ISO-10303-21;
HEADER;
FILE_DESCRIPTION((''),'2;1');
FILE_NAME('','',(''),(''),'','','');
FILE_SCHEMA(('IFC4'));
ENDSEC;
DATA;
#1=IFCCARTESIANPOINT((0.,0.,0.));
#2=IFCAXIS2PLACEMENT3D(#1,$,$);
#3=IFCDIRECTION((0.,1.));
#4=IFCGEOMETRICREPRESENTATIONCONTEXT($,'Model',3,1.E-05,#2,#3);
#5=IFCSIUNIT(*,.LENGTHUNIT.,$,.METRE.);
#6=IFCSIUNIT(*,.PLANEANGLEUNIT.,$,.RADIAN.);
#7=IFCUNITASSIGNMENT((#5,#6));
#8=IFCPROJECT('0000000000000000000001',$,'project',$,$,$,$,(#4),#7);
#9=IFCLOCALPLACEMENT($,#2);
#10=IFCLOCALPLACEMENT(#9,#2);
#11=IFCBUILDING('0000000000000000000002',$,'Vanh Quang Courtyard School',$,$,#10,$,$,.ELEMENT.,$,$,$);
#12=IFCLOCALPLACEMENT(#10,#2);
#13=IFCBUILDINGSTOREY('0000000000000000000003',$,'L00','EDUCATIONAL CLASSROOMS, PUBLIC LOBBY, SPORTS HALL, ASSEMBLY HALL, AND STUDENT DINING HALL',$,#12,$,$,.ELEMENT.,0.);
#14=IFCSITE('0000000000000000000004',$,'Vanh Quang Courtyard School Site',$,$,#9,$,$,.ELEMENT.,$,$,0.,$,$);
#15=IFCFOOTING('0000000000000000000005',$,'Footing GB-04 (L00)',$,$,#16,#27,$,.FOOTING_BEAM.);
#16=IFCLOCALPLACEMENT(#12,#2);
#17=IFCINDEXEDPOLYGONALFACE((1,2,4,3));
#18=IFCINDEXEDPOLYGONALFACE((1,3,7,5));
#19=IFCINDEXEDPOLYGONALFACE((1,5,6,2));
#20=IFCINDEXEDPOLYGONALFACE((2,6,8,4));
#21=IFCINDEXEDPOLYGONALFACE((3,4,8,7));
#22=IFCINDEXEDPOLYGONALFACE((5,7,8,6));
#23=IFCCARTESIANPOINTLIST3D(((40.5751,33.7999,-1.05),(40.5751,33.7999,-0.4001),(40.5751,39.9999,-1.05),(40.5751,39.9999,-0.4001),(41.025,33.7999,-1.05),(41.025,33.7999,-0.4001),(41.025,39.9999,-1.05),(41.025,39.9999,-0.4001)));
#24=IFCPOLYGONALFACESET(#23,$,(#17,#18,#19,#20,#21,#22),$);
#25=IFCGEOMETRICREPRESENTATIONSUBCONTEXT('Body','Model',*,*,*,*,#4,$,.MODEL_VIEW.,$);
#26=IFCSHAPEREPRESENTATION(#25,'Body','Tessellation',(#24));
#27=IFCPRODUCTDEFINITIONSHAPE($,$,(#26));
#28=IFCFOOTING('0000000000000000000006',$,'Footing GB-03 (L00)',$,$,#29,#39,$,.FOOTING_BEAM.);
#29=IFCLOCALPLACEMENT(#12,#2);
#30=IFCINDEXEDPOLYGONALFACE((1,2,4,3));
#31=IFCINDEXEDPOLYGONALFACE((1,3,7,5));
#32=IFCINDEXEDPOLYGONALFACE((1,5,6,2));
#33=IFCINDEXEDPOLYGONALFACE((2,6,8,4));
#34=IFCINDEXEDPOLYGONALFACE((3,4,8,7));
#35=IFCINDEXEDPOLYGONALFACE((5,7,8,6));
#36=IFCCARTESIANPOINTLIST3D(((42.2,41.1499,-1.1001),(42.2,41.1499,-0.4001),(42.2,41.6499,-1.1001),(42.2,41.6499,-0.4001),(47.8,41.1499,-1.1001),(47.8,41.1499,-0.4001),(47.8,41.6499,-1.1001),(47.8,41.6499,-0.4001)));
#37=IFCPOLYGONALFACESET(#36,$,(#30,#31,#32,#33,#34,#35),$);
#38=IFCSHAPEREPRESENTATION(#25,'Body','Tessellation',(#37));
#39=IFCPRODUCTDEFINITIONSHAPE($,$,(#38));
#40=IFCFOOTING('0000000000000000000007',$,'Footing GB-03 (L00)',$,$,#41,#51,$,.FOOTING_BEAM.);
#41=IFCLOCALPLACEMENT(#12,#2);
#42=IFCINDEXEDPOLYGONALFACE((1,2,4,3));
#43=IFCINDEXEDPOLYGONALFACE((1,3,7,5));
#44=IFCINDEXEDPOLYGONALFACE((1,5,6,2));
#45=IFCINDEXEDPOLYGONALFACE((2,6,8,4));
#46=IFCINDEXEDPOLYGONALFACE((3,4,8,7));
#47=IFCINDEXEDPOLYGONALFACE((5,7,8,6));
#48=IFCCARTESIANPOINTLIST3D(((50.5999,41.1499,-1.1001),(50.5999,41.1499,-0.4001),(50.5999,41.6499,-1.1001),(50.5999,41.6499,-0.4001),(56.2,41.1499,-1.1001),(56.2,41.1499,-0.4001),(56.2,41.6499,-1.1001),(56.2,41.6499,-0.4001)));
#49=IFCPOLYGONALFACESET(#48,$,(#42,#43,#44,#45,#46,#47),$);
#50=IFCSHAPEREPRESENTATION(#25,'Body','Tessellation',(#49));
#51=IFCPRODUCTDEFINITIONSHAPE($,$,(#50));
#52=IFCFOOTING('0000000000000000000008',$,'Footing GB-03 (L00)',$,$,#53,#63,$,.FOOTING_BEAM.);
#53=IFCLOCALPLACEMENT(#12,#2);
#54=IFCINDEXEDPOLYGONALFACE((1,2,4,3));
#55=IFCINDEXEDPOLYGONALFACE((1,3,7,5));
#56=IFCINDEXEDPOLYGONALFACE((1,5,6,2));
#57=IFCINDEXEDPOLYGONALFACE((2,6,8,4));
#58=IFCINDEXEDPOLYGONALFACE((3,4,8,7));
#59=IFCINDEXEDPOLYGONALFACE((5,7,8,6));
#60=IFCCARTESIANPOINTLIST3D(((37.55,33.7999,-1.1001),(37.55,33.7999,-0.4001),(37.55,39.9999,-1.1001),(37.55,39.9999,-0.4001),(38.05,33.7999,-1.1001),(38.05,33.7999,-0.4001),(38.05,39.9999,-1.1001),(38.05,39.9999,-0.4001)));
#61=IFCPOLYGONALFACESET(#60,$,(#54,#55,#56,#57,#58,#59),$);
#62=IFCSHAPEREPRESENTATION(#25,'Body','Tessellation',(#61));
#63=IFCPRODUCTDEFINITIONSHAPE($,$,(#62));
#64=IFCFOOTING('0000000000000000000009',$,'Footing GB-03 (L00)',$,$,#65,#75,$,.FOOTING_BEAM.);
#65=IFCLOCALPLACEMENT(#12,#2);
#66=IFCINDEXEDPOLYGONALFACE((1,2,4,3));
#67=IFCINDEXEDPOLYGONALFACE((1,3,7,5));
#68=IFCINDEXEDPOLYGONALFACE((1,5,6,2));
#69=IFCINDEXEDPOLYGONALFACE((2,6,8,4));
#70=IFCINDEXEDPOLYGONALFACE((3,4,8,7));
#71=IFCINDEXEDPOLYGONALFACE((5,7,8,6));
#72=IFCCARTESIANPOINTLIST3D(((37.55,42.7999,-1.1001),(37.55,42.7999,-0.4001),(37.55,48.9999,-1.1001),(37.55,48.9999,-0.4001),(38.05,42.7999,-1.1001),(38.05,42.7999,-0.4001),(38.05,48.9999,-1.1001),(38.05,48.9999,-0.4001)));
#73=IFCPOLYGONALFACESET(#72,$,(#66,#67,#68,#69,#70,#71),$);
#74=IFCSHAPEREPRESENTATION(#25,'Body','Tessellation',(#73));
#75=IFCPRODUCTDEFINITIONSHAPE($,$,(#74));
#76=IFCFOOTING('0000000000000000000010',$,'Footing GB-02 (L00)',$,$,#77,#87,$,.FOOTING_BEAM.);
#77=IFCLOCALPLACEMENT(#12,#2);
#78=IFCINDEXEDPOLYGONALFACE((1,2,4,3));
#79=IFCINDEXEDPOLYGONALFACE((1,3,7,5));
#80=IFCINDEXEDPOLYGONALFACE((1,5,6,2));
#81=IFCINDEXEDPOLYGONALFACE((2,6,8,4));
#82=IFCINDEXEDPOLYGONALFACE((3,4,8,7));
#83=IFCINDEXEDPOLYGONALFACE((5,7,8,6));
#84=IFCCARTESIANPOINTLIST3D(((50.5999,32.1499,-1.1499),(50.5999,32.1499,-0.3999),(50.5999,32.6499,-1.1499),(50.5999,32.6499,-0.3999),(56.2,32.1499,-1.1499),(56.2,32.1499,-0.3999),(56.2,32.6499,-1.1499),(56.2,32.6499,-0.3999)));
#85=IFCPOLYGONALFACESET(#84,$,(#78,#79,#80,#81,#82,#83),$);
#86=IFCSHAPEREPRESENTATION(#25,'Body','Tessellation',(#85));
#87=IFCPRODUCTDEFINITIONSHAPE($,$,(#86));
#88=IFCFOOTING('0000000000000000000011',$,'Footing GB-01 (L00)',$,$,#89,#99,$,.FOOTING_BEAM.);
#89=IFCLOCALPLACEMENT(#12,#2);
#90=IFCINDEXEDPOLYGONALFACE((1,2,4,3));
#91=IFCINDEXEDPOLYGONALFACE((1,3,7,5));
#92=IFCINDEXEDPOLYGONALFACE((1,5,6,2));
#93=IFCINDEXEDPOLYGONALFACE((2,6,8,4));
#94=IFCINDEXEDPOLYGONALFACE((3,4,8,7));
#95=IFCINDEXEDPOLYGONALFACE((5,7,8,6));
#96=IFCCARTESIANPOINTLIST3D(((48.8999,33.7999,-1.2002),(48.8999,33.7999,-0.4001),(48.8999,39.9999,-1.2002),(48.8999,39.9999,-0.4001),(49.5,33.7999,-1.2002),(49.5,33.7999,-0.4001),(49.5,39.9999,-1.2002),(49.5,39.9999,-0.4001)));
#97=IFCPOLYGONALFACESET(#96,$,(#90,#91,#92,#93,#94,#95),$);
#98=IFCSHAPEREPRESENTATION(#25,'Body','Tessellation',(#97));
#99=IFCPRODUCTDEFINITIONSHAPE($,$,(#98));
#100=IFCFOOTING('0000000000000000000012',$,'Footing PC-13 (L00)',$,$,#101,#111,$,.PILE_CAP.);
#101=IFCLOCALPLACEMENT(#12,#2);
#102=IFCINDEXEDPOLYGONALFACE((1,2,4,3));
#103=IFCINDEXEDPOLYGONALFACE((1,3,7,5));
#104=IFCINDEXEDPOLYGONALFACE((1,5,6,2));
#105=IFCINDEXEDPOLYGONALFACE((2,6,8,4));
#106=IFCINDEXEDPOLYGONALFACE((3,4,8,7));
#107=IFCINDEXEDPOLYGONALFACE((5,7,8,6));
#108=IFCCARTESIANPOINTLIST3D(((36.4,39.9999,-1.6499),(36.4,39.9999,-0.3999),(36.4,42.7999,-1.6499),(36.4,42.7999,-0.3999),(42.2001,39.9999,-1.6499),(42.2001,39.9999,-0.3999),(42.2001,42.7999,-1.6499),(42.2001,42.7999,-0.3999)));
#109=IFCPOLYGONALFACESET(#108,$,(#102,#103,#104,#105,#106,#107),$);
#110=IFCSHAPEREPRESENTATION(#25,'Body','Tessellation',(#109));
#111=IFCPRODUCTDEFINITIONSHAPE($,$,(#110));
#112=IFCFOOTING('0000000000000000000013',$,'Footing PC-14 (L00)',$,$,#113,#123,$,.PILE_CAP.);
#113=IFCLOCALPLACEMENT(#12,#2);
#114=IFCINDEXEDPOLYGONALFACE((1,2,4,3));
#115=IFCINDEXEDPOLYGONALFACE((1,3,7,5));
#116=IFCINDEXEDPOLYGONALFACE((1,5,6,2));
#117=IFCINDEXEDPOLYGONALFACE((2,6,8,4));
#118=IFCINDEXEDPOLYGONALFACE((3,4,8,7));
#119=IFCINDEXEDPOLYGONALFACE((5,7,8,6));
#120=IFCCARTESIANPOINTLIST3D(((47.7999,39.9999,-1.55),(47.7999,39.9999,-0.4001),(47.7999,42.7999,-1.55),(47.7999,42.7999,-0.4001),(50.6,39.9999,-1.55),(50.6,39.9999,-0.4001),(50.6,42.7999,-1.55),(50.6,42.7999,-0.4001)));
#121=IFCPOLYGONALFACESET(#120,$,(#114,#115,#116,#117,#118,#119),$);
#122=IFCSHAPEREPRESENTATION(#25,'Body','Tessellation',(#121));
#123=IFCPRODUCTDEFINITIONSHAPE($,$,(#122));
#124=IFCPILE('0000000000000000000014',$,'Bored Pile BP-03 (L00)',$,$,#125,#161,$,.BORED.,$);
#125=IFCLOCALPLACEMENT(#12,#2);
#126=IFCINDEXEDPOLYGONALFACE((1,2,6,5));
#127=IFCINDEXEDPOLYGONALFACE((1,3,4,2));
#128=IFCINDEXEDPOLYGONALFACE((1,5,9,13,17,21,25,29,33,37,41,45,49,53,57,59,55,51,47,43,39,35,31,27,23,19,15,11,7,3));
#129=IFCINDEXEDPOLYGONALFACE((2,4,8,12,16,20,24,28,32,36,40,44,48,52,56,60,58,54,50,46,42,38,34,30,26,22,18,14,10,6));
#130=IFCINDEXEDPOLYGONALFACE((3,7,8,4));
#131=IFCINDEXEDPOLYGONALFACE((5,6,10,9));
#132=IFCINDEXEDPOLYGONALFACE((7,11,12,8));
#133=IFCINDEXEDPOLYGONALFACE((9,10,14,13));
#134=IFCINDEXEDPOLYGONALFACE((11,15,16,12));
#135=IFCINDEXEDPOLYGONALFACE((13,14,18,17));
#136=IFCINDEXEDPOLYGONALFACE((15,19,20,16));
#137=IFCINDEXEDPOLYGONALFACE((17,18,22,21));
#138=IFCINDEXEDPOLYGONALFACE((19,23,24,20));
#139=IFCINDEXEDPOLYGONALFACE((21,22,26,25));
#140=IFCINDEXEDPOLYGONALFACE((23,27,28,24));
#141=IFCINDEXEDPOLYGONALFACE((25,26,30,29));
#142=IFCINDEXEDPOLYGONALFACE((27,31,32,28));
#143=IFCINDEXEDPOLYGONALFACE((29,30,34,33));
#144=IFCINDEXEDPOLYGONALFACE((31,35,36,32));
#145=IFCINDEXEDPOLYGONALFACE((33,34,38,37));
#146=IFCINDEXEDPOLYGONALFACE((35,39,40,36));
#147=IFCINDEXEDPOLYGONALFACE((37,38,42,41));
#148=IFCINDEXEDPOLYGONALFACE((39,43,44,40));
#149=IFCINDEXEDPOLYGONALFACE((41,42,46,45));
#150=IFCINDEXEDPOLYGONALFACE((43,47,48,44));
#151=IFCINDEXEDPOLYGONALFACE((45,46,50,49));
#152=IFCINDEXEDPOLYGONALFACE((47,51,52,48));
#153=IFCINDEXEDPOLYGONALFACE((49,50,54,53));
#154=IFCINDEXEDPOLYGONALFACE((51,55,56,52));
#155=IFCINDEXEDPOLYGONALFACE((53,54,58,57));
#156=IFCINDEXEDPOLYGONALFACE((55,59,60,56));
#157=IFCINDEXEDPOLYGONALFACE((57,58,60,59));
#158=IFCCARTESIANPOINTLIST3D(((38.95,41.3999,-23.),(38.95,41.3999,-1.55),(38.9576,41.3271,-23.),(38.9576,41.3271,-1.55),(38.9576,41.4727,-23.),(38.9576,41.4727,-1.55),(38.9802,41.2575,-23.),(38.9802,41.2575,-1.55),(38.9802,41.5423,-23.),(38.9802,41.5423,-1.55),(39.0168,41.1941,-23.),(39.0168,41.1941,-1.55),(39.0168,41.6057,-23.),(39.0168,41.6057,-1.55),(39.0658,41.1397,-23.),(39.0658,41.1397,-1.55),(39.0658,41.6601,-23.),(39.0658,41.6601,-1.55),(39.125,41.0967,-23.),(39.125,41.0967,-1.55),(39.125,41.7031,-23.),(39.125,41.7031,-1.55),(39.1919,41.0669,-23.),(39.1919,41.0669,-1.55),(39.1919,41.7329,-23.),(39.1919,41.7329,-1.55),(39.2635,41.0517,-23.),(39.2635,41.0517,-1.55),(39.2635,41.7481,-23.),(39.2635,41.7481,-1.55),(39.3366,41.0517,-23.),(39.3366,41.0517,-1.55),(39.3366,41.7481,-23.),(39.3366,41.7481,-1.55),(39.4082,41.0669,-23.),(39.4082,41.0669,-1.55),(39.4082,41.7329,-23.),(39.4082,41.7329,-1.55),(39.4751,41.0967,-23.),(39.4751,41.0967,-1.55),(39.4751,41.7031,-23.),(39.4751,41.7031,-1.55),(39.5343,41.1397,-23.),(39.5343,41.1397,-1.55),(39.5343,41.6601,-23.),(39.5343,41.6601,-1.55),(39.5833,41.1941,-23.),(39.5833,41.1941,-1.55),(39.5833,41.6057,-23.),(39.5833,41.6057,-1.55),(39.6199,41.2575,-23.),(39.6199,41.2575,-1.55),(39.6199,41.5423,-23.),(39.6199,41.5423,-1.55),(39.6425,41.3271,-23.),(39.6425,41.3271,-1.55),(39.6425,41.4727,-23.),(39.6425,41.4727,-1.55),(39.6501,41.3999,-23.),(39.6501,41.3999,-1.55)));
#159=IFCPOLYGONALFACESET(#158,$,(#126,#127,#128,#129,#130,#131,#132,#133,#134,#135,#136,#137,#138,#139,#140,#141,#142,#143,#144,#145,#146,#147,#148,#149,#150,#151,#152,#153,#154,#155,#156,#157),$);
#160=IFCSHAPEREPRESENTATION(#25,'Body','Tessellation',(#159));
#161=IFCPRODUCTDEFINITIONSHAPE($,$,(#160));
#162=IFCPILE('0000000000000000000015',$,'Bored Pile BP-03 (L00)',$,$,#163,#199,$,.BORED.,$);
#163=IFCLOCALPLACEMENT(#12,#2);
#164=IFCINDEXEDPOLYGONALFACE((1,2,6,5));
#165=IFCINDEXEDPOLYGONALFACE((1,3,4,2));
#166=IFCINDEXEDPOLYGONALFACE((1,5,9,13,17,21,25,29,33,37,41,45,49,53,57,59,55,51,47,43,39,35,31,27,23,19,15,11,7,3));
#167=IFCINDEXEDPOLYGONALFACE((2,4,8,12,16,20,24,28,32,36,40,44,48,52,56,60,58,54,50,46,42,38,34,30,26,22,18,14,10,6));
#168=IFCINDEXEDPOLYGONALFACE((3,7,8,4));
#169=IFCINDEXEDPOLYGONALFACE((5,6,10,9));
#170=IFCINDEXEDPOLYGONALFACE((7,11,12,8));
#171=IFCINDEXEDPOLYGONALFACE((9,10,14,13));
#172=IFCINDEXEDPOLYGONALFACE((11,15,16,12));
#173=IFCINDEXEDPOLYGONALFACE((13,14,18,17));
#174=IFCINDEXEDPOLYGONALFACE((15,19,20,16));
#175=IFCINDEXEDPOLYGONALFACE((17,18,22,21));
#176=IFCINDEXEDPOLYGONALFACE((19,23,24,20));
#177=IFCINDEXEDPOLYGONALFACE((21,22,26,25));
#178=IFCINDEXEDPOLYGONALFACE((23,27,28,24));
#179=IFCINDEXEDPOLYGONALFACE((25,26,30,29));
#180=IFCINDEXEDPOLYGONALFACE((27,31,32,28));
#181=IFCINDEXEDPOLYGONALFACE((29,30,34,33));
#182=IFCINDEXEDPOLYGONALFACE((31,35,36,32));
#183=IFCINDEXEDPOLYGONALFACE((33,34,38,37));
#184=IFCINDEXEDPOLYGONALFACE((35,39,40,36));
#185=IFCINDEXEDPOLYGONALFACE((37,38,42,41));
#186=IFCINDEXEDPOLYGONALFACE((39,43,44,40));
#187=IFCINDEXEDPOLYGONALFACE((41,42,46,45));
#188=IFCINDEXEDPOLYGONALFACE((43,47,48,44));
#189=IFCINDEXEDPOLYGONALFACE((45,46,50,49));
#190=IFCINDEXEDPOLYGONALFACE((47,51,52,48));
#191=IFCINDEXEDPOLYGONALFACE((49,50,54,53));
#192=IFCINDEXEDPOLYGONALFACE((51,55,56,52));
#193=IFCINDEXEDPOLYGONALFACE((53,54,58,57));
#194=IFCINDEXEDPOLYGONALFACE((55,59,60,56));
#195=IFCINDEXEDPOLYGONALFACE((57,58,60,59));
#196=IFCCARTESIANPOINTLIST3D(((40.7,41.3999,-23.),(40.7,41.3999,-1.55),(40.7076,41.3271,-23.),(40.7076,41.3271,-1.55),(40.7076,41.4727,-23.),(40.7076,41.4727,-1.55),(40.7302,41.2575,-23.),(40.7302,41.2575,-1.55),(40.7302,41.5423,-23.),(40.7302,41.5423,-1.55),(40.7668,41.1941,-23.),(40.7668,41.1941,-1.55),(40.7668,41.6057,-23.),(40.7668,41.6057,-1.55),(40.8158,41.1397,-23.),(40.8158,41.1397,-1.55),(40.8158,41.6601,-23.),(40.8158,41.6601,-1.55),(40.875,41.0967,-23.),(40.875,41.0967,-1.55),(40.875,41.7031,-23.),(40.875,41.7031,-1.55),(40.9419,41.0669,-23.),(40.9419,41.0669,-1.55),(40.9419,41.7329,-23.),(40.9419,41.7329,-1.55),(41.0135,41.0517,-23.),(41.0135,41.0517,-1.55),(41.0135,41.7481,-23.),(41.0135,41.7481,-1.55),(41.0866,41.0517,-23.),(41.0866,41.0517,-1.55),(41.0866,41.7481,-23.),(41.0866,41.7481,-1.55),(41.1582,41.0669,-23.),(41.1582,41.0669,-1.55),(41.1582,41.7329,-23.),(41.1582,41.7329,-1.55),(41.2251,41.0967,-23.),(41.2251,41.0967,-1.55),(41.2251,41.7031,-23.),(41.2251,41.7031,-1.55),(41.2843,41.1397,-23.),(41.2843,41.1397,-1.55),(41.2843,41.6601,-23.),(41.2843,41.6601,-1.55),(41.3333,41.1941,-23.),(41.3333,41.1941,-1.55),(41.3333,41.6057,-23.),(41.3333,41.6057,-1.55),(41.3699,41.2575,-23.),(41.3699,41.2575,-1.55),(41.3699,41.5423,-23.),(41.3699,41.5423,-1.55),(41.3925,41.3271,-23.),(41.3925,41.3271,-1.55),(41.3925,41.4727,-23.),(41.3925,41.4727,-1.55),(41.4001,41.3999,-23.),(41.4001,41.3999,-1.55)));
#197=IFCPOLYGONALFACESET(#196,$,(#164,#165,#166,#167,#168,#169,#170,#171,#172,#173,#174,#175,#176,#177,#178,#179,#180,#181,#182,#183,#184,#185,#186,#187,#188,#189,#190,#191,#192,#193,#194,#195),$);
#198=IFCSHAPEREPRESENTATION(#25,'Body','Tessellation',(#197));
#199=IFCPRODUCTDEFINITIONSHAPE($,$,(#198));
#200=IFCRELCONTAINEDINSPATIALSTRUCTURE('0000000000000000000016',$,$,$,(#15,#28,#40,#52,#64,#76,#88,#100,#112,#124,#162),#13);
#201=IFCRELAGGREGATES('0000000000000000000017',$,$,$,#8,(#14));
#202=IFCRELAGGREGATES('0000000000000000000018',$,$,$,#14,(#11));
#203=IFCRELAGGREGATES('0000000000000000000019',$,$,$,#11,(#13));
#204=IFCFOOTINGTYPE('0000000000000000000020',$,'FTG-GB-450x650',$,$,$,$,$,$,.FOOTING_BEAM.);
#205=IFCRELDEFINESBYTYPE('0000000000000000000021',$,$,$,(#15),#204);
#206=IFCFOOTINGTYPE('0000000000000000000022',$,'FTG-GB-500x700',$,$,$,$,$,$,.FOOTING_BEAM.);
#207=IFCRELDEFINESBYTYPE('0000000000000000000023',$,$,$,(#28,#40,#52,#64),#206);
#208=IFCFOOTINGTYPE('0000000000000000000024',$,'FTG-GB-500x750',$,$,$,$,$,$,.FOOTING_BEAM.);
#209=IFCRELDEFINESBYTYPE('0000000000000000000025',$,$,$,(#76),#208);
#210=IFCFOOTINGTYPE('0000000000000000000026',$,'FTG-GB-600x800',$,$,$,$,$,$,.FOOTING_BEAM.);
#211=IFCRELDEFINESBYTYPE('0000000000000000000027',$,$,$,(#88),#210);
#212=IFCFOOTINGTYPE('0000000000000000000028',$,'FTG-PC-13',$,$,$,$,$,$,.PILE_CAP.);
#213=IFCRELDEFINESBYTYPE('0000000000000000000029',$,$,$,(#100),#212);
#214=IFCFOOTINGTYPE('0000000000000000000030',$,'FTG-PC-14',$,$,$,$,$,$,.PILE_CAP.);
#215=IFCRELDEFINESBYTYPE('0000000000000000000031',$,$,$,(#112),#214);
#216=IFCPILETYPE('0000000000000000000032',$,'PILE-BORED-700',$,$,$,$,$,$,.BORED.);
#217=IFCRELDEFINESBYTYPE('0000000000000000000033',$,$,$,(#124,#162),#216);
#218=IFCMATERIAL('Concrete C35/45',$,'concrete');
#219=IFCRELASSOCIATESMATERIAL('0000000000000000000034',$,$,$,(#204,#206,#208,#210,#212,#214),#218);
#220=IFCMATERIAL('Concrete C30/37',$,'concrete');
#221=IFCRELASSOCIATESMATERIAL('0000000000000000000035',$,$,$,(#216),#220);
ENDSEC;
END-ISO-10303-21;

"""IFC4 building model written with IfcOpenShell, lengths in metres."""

from ifc_helpers import new_model, si_unit, direction, frame, origin, origin_2d, place, context, subcontext, project, spatial, rectangle, circle, extrude, material, material_profile, profile_set, type_object, element, save


model = new_model("IFC4")

# Units and contexts
model_context = context("Model", 3, precision=1e-05, world=origin(), true_north=direction((0.0, 1.0)))
body_context = subcontext(model_context, "Body", "Model", "MODEL_VIEW")
ifc_project = project(units=[si_unit("LENGTHUNIT", "METRE"), si_unit("PLANEANGLEUNIT", "RADIAN")], contexts=[model_context])

# Site, building, storey
site_placement = place(None, origin())
site = spatial("IfcSite", under=ifc_project, at=site_placement, Name="Vanh Quang Courtyard School Site", CompositionType="ELEMENT", RefElevation=0.0)
building_placement = place(site_placement, origin())
building = spatial("IfcBuilding", under=site, at=building_placement, Name="Vanh Quang Courtyard School", CompositionType="ELEMENT")
storey_placement = place(building_placement, origin())
storey = spatial("IfcBuildingStorey", under=building, at=storey_placement, Name="L00", Description="EDUCATIONAL CLASSROOMS, PUBLIC LOBBY, SPORTS HALL, ASSEMBLY HALL, AND STUDENT DINING HALL", CompositionType="ELEMENT", Elevation=0.0)

# Footings
ifc_material_1 = material(Name="Concrete C35/45", Category="concrete")
footing_type_1 = type_object("IfcFootingType", Name="FTG-GB-450x650", PredefinedType="FOOTING_BEAM", material=ifc_material_1)
footing_1_placement = place(storey_placement, frame((40.8, 36.8999, -1.05), z_axis=(0.0, 0.0, 1.0), x_axis=(0.0, 1.0, 0.0)))
element("IfcFooting", 1, at=footing_1_placement, inside=storey, type_object=footing_type_1, Name="Footing GB-04 (L00)", PredefinedType="FOOTING_BEAM", context=body_context, shape_type="SweptSolid", body=[
    extrude(rectangle(XDim=6.2, YDim=0.45, at=origin_2d()), origin(), (0.0, 0.0, 1.0), 0.6499),
])
footing_type_2 = type_object("IfcFootingType", Name="FTG-GB-500x700", PredefinedType="FOOTING_BEAM", material=ifc_material_1)
for number, where, z_axis, x_axis, name in (
    (2, (45.0, 41.3999, -1.1001), (0.0, 0.0, 1.0), (1.0, 0.0, 0.0), "Footing GB-03 (L00)"),
    (3, (53.3999, 41.3999, -1.1001), (0.0, 0.0, 1.0), (1.0, 0.0, 0.0), "Footing GB-03 (L00)"),
):
    element("IfcFooting", number, at=place(storey_placement, frame(where, z_axis=z_axis, x_axis=x_axis)), inside=storey, type_object=footing_type_2, Name=name, PredefinedType="FOOTING_BEAM", context=body_context, shape_type="SweptSolid", body=[
        extrude(rectangle(XDim=5.6001, YDim=0.5, at=origin_2d()), origin(), (0.0, 0.0, 1.0), 0.7),
    ])
for number, where, z_axis, x_axis, name in (
    (4, (37.8, 36.8999, -1.1001), (0.0, 0.0, 1.0), (0.0, 1.0, 0.0), "Footing GB-03 (L00)"),
    (5, (37.8, 45.8999, -1.1001), (0.0, 0.0, 1.0), (0.0, 1.0, 0.0), "Footing GB-03 (L00)"),
):
    element("IfcFooting", number, at=place(storey_placement, frame(where, z_axis=z_axis, x_axis=x_axis)), inside=storey, type_object=footing_type_2, Name=name, PredefinedType="FOOTING_BEAM", context=body_context, shape_type="SweptSolid", body=[
        extrude(rectangle(XDim=6.2, YDim=0.5, at=origin_2d()), origin(), (0.0, 0.0, 1.0), 0.7),
    ])
footing_type_3 = type_object("IfcFootingType", Name="FTG-GB-500x750", PredefinedType="FOOTING_BEAM", material=ifc_material_1)
footing_2_placement = place(storey_placement, frame((53.3999, 32.3999, -1.1499), z_axis=(0.0, 0.0, 1.0), x_axis=(1.0, 0.0, 0.0)))
element("IfcFooting", 6, at=footing_2_placement, inside=storey, type_object=footing_type_3, Name="Footing GB-02 (L00)", PredefinedType="FOOTING_BEAM", context=body_context, shape_type="SweptSolid", body=[
    extrude(rectangle(XDim=5.6001, YDim=0.5, at=origin_2d()), origin(), (0.0, 0.0, 1.0), 0.75),
])
footing_type_4 = type_object("IfcFootingType", Name="FTG-GB-600x800", PredefinedType="FOOTING_BEAM", material=ifc_material_1)
footing_3_placement = place(storey_placement, frame((49.2, 36.8999, -1.2002), z_axis=(0.0, 0.0, 1.0), x_axis=(0.0, 1.0, 0.0)))
element("IfcFooting", 7, at=footing_3_placement, inside=storey, type_object=footing_type_4, Name="Footing GB-01 (L00)", PredefinedType="FOOTING_BEAM", context=body_context, shape_type="SweptSolid", body=[
    extrude(rectangle(XDim=6.2, YDim=0.6001, at=origin_2d()), origin(), (0.0, 0.0, 1.0), 0.8),
])
footing_type_5 = type_object("IfcFootingType", Name="FTG-PC-13", PredefinedType="PILE_CAP", material=ifc_material_1)
footing_4_placement = place(storey_placement, frame((39.3, 41.3999, -1.6499), z_axis=(0.0, 0.0, 1.0), x_axis=(1.0, 0.0, 0.0)))
element("IfcFooting", 8, at=footing_4_placement, inside=storey, type_object=footing_type_5, Name="Footing PC-13 (L00)", PredefinedType="PILE_CAP", context=body_context, shape_type="SweptSolid", body=[
    extrude(rectangle(XDim=5.8, YDim=2.8, at=origin_2d()), origin(), (0.0, 0.0, 1.0), 1.25),
])
footing_type_6 = type_object("IfcFootingType", Name="FTG-PC-14", PredefinedType="PILE_CAP", material=ifc_material_1)
footing_5_placement = place(storey_placement, frame((49.2, 41.3999, -1.55), z_axis=(0.0, 0.0, 1.0), x_axis=(1.0, 0.0, 0.0)))
element("IfcFooting", 9, at=footing_5_placement, inside=storey, type_object=footing_type_6, Name="Footing PC-14 (L00)", PredefinedType="PILE_CAP", context=body_context, shape_type="SweptSolid", body=[
    extrude(rectangle(XDim=2.8, YDim=2.8, at=origin_2d()), origin(), (0.0, 0.0, 1.0), 1.1499),
])

# Piles
ifc_material_2 = material(Name="Concrete C30/37", Category="concrete")
ifc_material_profile_1 = material_profile(ifc_material_2, circle(Radius=0.3501, at=origin_2d()), Name="PILE D700")
ifc_profile_set_1 = profile_set([ifc_material_profile_1], Name="Concrete C30/37")
pile_type = type_object("IfcPileType", Name="PILE-BORED-700", PredefinedType="BORED", material=ifc_profile_set_1)
for number, where, z_axis, x_axis, name in (
    (10, (39.3, 41.3999, -1.55), (0.0, 0.0, -1.0), (1.0, 0.0, 0.0), "Bored Pile BP-03 (L00)"),
    (11, (41.05, 41.3999, -1.55), (0.0, 0.0, -1.0), (1.0, 0.0, 0.0), "Bored Pile BP-03 (L00)"),
):
    element("IfcPile", number, at=place(storey_placement, frame(where, z_axis=z_axis, x_axis=x_axis)), inside=storey, type_object=pile_type, Name=name, PredefinedType="BORED", context=body_context, shape_type="SweptSolid", body=[
        extrude(circle(Radius=0.3501, at=origin_2d()), origin(), (0.0, 0.0, 1.0), 21.45),
    ])

save(model, "model.ifc")
